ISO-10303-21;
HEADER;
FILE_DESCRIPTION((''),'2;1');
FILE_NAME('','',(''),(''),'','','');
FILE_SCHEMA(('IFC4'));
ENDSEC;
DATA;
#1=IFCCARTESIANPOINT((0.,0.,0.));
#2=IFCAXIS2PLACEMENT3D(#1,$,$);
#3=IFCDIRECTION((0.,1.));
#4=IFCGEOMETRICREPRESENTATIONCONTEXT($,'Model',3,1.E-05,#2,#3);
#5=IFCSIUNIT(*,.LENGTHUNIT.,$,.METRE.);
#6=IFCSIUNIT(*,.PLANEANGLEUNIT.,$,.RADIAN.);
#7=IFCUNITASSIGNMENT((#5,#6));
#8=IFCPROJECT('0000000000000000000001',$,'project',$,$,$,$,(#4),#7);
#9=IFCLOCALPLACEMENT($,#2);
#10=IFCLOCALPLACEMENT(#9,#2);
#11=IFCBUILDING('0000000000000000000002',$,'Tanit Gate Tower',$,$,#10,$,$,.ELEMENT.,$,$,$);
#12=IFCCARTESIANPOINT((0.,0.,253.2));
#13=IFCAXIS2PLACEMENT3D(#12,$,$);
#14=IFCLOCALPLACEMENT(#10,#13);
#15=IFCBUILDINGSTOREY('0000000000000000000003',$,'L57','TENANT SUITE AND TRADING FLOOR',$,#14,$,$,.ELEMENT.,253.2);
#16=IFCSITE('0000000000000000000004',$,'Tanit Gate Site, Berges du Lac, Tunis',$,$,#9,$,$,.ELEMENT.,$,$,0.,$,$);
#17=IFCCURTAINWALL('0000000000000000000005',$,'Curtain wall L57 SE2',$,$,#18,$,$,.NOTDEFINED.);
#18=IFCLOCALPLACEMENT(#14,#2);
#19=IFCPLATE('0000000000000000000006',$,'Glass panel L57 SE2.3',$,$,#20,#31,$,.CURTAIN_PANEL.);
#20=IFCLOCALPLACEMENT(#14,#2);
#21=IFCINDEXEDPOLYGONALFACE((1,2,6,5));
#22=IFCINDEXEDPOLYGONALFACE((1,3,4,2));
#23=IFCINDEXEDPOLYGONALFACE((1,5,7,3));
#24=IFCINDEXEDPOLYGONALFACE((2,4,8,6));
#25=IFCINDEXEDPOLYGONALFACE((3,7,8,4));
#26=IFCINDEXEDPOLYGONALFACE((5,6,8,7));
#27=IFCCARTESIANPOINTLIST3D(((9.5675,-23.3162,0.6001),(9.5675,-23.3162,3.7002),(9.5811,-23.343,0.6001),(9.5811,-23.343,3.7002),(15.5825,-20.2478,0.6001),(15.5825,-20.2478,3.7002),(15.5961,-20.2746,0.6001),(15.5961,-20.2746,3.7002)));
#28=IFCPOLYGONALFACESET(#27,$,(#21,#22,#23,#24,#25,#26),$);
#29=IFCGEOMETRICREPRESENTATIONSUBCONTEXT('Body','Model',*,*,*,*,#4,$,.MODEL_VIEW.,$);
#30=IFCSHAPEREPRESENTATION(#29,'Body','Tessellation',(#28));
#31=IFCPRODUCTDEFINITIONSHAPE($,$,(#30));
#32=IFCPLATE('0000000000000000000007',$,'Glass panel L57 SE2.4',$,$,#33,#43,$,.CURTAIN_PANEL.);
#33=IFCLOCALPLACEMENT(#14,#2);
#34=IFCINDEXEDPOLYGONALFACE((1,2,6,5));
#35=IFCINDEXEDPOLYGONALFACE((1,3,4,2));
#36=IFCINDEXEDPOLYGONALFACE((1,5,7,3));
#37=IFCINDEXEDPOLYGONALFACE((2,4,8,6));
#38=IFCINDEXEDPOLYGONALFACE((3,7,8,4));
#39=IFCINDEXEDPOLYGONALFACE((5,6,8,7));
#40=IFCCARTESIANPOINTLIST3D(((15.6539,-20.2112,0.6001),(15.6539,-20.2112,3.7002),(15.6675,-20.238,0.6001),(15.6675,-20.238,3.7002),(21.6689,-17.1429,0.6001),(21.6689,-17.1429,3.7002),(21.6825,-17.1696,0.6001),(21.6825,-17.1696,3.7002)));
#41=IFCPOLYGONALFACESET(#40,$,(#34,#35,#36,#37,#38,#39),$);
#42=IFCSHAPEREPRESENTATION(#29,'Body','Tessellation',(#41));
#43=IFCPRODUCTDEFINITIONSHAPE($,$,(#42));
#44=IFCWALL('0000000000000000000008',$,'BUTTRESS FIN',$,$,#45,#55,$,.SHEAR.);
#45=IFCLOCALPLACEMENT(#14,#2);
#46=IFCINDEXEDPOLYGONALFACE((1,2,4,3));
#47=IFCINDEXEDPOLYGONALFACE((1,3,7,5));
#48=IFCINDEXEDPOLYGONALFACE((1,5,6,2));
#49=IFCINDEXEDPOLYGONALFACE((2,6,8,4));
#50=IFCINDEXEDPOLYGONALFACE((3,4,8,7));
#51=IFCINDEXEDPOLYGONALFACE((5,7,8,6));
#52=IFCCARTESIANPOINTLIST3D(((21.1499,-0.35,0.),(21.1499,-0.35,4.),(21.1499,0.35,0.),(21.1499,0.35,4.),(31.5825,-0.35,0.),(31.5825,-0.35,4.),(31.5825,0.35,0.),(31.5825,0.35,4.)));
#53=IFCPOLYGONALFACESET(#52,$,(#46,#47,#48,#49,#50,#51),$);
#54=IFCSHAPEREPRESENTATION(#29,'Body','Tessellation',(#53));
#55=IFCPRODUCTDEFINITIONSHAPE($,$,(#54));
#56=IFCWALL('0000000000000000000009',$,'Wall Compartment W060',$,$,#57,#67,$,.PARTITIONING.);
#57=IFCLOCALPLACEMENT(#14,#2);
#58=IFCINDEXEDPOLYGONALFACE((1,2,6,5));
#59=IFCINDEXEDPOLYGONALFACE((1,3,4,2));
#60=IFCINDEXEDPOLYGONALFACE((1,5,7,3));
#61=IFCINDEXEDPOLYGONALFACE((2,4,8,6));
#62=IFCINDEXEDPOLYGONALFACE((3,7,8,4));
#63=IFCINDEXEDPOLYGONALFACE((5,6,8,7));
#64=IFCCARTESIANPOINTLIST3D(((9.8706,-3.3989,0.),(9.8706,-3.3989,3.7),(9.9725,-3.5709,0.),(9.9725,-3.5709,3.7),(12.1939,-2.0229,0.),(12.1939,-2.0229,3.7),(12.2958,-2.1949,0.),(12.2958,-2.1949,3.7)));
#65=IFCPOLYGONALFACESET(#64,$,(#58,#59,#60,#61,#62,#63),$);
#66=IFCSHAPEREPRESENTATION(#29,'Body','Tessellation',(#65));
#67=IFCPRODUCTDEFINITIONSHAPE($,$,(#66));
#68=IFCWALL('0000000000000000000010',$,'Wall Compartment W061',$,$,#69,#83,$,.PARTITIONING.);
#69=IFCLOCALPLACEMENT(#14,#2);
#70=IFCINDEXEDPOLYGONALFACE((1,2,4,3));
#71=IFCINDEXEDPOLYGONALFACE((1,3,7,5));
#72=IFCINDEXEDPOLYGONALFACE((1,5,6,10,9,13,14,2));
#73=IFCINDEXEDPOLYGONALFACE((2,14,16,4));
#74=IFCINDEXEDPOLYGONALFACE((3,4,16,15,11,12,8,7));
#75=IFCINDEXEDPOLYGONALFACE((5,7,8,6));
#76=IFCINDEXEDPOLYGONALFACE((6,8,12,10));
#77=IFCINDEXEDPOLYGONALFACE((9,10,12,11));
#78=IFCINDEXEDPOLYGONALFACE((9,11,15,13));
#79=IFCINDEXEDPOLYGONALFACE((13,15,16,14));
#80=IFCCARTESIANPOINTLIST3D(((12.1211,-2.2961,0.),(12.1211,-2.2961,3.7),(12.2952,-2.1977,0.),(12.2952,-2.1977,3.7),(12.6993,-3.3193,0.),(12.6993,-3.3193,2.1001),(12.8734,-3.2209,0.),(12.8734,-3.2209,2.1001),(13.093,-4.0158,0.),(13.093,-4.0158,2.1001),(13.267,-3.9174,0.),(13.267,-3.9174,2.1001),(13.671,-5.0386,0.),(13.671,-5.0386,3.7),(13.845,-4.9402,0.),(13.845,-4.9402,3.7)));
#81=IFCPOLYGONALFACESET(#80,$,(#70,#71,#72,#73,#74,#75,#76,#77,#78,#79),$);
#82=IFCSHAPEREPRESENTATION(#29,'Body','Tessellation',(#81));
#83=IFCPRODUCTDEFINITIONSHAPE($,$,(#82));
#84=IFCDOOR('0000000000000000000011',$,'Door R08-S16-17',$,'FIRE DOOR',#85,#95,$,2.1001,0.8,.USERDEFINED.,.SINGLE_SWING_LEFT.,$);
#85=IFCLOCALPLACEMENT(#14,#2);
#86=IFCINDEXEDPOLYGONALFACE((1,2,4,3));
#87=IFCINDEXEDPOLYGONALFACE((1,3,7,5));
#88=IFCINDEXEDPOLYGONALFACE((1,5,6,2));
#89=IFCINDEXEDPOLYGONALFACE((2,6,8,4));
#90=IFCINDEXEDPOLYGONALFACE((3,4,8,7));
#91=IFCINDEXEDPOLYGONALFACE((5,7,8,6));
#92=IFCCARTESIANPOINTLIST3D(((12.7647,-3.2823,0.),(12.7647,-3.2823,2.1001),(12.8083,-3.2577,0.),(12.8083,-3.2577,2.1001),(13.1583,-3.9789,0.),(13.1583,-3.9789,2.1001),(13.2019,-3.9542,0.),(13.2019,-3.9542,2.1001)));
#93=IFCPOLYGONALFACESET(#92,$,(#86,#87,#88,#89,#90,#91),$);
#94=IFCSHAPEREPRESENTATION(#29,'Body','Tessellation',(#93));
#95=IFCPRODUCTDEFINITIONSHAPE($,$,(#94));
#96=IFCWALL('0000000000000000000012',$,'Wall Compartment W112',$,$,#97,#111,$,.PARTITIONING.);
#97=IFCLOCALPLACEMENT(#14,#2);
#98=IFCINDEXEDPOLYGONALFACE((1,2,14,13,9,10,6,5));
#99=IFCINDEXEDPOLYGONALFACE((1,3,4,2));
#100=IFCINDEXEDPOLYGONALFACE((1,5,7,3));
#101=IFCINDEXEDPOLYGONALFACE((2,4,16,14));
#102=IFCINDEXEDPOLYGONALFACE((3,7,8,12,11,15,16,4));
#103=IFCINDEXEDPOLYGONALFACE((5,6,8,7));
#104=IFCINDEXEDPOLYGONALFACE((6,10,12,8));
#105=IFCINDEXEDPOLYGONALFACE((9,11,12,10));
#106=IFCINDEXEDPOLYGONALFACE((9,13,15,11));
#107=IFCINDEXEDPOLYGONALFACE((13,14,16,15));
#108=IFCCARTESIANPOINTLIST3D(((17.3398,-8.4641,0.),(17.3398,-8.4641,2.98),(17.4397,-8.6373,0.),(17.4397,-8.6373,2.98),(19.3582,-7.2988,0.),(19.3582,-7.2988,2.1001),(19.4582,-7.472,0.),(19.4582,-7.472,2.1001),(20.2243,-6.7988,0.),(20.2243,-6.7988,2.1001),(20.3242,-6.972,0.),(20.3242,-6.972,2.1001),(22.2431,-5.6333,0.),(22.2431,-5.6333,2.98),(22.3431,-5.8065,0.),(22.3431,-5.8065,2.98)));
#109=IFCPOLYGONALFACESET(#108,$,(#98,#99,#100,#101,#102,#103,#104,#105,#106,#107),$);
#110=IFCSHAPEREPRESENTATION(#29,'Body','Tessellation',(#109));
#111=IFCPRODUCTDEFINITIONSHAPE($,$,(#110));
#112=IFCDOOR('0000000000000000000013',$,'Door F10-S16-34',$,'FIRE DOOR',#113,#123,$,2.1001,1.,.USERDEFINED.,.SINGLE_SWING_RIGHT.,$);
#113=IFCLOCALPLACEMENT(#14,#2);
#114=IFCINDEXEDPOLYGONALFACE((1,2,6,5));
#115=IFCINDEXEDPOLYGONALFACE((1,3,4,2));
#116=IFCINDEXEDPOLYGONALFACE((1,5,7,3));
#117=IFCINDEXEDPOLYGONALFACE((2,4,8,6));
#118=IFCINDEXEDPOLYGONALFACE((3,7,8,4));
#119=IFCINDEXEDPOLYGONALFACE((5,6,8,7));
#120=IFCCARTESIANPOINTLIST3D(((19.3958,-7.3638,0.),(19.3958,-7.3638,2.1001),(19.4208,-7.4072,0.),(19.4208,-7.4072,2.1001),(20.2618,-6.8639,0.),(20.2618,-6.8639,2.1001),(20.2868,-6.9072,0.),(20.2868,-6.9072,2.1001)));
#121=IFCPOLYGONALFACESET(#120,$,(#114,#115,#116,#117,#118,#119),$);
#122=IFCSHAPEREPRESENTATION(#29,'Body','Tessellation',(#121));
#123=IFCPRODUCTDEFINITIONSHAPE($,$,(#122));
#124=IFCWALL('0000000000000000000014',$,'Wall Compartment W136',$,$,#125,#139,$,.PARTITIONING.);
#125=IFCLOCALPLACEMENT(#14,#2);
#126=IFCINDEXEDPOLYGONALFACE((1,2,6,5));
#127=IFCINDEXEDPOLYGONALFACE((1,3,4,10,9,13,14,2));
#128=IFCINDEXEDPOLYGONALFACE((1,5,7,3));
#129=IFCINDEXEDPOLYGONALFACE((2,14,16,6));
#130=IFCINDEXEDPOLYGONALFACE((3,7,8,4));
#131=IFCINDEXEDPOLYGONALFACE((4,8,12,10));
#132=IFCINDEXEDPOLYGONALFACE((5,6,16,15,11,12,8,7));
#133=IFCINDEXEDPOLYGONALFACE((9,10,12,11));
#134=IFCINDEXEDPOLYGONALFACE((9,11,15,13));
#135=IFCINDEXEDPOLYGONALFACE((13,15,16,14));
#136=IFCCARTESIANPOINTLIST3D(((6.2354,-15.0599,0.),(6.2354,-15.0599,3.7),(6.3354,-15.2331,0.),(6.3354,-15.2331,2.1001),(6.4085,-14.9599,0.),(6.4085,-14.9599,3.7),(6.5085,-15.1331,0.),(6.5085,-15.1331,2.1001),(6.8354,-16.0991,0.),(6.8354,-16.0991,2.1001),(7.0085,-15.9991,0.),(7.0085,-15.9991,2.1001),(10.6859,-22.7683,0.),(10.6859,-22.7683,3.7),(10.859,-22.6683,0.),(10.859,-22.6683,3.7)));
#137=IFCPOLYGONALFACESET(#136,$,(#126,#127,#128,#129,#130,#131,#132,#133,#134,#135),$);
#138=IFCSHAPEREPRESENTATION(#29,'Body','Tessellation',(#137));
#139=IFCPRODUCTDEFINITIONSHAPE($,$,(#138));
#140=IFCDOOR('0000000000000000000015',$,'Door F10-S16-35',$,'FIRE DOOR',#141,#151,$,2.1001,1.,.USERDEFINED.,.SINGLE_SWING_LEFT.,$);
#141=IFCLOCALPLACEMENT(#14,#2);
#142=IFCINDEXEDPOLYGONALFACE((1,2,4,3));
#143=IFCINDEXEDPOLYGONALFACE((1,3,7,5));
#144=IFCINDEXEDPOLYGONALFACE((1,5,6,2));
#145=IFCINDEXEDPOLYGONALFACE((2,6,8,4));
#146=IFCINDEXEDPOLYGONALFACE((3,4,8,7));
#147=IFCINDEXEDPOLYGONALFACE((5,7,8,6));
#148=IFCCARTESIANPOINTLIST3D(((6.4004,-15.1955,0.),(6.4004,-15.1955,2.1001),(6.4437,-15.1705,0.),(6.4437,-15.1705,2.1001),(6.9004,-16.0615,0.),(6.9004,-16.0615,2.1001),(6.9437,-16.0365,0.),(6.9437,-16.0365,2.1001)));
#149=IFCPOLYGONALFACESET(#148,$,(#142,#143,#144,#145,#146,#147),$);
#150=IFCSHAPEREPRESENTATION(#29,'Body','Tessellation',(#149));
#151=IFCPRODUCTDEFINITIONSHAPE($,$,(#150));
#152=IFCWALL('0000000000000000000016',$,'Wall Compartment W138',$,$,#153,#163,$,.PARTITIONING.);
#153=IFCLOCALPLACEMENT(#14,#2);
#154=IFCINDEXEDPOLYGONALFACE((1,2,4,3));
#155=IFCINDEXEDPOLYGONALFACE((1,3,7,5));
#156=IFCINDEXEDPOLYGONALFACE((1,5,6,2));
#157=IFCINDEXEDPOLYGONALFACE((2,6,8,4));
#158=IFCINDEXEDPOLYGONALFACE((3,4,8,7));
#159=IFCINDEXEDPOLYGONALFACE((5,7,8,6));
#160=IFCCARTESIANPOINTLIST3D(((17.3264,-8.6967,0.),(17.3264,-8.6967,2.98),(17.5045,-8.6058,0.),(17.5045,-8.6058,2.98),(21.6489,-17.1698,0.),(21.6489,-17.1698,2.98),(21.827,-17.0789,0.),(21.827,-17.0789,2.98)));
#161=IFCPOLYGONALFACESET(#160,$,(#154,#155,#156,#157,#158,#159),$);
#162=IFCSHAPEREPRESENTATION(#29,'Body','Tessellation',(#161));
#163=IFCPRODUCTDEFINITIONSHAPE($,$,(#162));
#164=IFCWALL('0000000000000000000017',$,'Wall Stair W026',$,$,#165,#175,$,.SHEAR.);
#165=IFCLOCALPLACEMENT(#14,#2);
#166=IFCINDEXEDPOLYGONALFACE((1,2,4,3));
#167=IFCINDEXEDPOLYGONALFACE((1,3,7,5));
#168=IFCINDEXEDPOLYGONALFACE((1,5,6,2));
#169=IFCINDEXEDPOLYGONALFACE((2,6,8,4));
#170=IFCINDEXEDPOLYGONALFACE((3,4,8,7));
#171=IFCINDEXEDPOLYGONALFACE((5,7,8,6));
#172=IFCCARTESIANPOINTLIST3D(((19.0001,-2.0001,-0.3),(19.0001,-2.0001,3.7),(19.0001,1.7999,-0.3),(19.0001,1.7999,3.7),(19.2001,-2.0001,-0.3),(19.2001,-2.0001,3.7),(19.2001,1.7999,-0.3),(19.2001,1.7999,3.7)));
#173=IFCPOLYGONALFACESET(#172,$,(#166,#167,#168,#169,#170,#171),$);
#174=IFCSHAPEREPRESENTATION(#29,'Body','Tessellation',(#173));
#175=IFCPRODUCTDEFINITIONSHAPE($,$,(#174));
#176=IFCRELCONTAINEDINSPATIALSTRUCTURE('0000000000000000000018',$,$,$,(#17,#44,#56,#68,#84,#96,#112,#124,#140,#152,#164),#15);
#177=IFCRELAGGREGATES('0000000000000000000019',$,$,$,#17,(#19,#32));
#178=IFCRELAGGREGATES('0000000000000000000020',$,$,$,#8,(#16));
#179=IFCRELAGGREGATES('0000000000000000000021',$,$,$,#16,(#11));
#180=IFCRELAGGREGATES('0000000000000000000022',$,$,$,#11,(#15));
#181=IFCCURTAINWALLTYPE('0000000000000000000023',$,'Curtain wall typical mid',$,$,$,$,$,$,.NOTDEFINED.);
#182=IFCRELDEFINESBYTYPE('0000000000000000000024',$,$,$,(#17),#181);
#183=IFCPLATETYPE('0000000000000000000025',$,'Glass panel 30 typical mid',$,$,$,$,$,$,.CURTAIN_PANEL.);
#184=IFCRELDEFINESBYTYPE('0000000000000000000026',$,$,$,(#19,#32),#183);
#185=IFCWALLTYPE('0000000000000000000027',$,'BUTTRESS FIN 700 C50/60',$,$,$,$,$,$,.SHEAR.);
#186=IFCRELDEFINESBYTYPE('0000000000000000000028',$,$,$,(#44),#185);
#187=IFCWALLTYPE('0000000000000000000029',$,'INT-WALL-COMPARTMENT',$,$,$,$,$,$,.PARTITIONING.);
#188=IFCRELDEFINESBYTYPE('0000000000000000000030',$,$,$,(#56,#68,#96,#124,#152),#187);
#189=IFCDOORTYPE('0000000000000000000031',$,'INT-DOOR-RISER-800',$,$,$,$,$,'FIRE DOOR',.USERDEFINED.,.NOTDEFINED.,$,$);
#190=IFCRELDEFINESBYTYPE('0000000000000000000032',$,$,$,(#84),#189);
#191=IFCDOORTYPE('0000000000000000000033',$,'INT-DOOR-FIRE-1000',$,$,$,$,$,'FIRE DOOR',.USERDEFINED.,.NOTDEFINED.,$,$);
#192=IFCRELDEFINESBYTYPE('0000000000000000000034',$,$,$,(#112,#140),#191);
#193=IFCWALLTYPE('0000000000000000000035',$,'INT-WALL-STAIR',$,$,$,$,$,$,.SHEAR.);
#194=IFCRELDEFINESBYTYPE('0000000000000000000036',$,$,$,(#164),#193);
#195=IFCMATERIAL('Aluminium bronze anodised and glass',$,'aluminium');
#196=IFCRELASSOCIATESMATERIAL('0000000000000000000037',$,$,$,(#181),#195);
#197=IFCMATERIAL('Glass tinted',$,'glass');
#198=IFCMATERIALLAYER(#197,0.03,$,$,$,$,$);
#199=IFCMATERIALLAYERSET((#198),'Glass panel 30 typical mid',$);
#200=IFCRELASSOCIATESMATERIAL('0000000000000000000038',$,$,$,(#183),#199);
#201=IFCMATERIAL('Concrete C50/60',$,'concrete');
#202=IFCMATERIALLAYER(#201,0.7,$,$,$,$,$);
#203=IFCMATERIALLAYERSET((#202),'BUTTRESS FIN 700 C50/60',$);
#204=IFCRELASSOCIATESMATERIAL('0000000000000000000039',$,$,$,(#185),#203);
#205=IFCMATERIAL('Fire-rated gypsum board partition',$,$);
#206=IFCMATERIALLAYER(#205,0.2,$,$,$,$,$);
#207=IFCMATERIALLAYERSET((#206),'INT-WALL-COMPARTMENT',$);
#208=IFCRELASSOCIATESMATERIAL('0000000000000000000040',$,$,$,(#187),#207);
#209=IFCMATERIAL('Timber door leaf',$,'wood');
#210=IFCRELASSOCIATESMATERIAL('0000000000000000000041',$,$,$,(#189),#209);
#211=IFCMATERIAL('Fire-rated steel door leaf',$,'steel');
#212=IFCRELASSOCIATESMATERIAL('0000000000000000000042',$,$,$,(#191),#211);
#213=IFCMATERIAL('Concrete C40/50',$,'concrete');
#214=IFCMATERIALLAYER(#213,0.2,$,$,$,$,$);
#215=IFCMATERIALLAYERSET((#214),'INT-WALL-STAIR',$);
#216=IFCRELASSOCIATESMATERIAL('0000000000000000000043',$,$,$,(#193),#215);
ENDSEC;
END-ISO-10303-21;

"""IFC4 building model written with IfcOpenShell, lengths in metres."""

from ifc_helpers import new_model, si_unit, direction, frame, frame_2d, origin, origin_2d, place, context, subcontext, project, spatial, rectangle, extrude, material, layer, layer_set, type_object, element, fill, aggregate, save


model = new_model("IFC4")

# Units and contexts
model_context = context("Model", 3, precision=1e-05, world=origin(), true_north=direction((0.0, 1.0)))
body_context = subcontext(model_context, "Body", "Model", "MODEL_VIEW")
ifc_project = project(units=[si_unit("LENGTHUNIT", "METRE"), si_unit("PLANEANGLEUNIT", "RADIAN")], contexts=[model_context])

# Site, building, storey
site_placement = place(None, origin())
site = spatial("IfcSite", under=ifc_project, at=site_placement, Name="Tanit Gate Site, Berges du Lac, Tunis", CompositionType="ELEMENT", RefElevation=0.0)
building_placement = place(site_placement, origin())
building = spatial("IfcBuilding", under=site, at=building_placement, Name="Tanit Gate Tower", CompositionType="ELEMENT")
storey_placement = place(building_placement, frame((0.0, 0.0, 253.2)))
storey = spatial("IfcBuildingStorey", under=building, at=storey_placement, Name="L57", Description="TENANT SUITE AND TRADING FLOOR", CompositionType="ELEMENT", Elevation=253.2)

# Curtain wall
ifc_material_1 = material(Name="Aluminium bronze anodised and glass", Category="aluminium")
curtain_wall_type = type_object("IfcCurtainWallType", Name="Curtain wall typical mid", PredefinedType="NOTDEFINED", material=ifc_material_1)
curtain_wall_placement = place(storey_placement, origin())
curtain_wall = element("IfcCurtainWall", 1, at=curtain_wall_placement, inside=storey, type_object=curtain_wall_type, Name="Curtain wall L57 SE2", PredefinedType="NOTDEFINED")

# Plates
ifc_material_2 = material(Name="Glass tinted", Category="glass")
ifc_layer_1 = layer(ifc_material_2, 0.03)
ifc_layer_set_1 = layer_set([ifc_layer_1], Name="Glass panel 30 typical mid")
plate_type = type_object("IfcPlateType", Name="Glass panel 30 typical mid", PredefinedType="CURTAIN_PANEL", material=ifc_layer_set_1)
plate_1_placement = place(storey_placement, frame((12.5818, -21.7954, 0.6001), z_axis=(0.0, 0.0, 1.0), x_axis=(0.890792, 0.454411, 0.0)))
plate_1 = element("IfcPlate", 2, at=plate_1_placement, type_object=plate_type, Name="Glass panel L57 SE2.3", PredefinedType="CURTAIN_PANEL", context=body_context, shape_type="SweptSolid", body=[
    extrude(rectangle(XDim=6.7524, YDim=0.03, at=origin_2d()), origin(), (0.0, 0.0, 1.0), 3.1001),
])
plate_2_placement = place(storey_placement, frame((18.6682, -18.6904, 0.6001), z_axis=(0.0, 0.0, 1.0), x_axis=(0.890792, 0.454411, 0.0)))
plate_2 = element("IfcPlate", 3, at=plate_2_placement, type_object=plate_type, Name="Glass panel L57 SE2.4", PredefinedType="CURTAIN_PANEL", context=body_context, shape_type="SweptSolid", body=[
    extrude(rectangle(XDim=6.7524, YDim=0.03, at=origin_2d()), origin(), (0.0, 0.0, 1.0), 3.1001),
])
aggregate(curtain_wall, [plate_1, plate_2])

# Walls
ifc_material_3 = material(Name="Concrete C50/60", Category="concrete")
ifc_layer_2 = layer(ifc_material_3, 0.7)
ifc_layer_set_2 = layer_set([ifc_layer_2], Name="BUTTRESS FIN 700 C50/60")
wall_type_1 = type_object("IfcWallType", Name="BUTTRESS FIN 700 C50/60", PredefinedType="SHEAR", material=ifc_layer_set_2)
wall_1_placement = place(storey_placement, frame((21.1499, 0.0, 0.0), z_axis=(0.0, 0.0, 1.0), x_axis=(1.0, 0.0, 0.0)))
element("IfcWall", 4, at=wall_1_placement, inside=storey, type_object=wall_type_1, Name="BUTTRESS FIN", PredefinedType="SHEAR", context=body_context, shape_type="SweptSolid", body=[
    extrude(rectangle(XDim=10.4326, YDim=0.7, at=frame_2d((5.2163, 0.0))), origin(), (0.0, 0.0, 1.0), 4.0),
])
ifc_material_4 = material(Name="Fire-rated gypsum board partition")
ifc_layer_3 = layer(ifc_material_4, 0.2)
ifc_layer_set_3 = layer_set([ifc_layer_3], Name="INT-WALL-COMPARTMENT")
wall_type_2 = type_object("IfcWallType", Name="INT-WALL-COMPARTMENT", PredefinedType="PARTITIONING", material=ifc_layer_set_3)
wall_2_placement = place(storey_placement, frame((12.2449, -2.1089, 0.0), z_axis=(0.0, 0.0, 1.0), x_axis=(-0.860415, -0.509594, 0.0)))
element("IfcWall", 5, at=wall_2_placement, inside=storey, type_object=wall_type_2, Name="Wall Compartment W060", PredefinedType="PARTITIONING", context=body_context, shape_type="SweptSolid", body=[
    extrude(rectangle(XDim=2.7002, YDim=0.2, at=frame_2d((1.3501, 0.0))), origin(), (0.0, 0.0, 1.0), 3.7),
])

# Walls, openings, doors
wall_3_placement = place(storey_placement, frame((13.7581, -4.9895, 0.0), z_axis=(0.0, 0.0, 1.0), x_axis=(-0.491993, 0.870599, 0.0)))
wall_3 = element("IfcWall", 6, at=wall_3_placement, inside=storey, type_object=wall_type_2, Name="Wall Compartment W061", PredefinedType="PARTITIONING", context=body_context, shape_type="SweptSolid", body=[
    extrude(rectangle(XDim=3.1501, YDim=0.2, at=frame_2d((1.5752, 0.0))), origin(), (0.0, 0.0, 1.0), 3.7),
])
opening_1_placement = place(wall_3_placement, frame((1.175, 0.0, 0.0)))
opening_1 = element("IfcOpeningElement", 7, at=opening_1_placement, cuts=wall_3, PredefinedType="OPENING", context=body_context, shape_type="SweptSolid", body=[
    extrude(rectangle(XDim=0.8, YDim=2.1001, at=frame_2d((0.3999, 1.05))), frame((0.0, 0.1099, 0.0), z_axis=(0.0, -1.0, 0.0), x_axis=(1.0, 0.0, 0.0)), (0.0, 0.0, 1.0), 0.22),
])
ifc_material_5 = material(Name="Timber door leaf", Category="wood")
door_type_1 = type_object("IfcDoorType", Name="INT-DOOR-RISER-800", ElementType="FIRE DOOR", OperationType="NOTDEFINED", PredefinedType="USERDEFINED", material=ifc_material_5)
door_1_placement = place(opening_1_placement, origin())
door_1 = element("IfcDoor", 8, at=door_1_placement, inside=storey, type_object=door_type_1, Name="Door R08-S16-17", ObjectType="FIRE DOOR", OperationType="SINGLE_SWING_LEFT", OverallHeight=2.1001, OverallWidth=0.8, PredefinedType="USERDEFINED", context=body_context, shape_type="SweptSolid", body=[
    extrude(rectangle(XDim=0.8, YDim=2.1001, at=frame_2d((0.3999, 1.05))), frame((0.0, 0.0249, 0.0), z_axis=(0.0, -1.0, 0.0), x_axis=(1.0, 0.0, 0.0)), (0.0, 0.0, 1.0), 0.05),
])
fill(opening_1, door_1)
wall_4_placement = place(storey_placement, frame((17.3896, -8.5508, 0.0), z_axis=(0.0, 0.0, 1.0), x_axis=(0.866035, 0.499984, 0.0)))
wall_4 = element("IfcWall", 9, at=wall_4_placement, inside=storey, type_object=wall_type_2, Name="Wall Compartment W112", PredefinedType="PARTITIONING", context=body_context, shape_type="SweptSolid", body=[
    extrude(rectangle(XDim=5.6619, YDim=0.2, at=frame_2d((2.8311, 0.0))), origin(), (0.0, 0.0, 1.0), 2.98),
])
opening_2_placement = place(wall_4_placement, frame((2.3308, 0.0, 0.0)))
opening_2 = element("IfcOpeningElement", 10, at=opening_2_placement, cuts=wall_4, PredefinedType="OPENING", context=body_context, shape_type="SweptSolid", body=[
    extrude(rectangle(XDim=1.0, YDim=2.1001, at=frame_2d((0.5, 1.05))), frame((0.0, 0.1099, 0.0), z_axis=(0.0, -1.0, 0.0), x_axis=(1.0, 0.0, 0.0)), (0.0, 0.0, 1.0), 0.22),
])
ifc_material_6 = material(Name="Fire-rated steel door leaf", Category="steel")
door_type_2 = type_object("IfcDoorType", Name="INT-DOOR-FIRE-1000", ElementType="FIRE DOOR", OperationType="NOTDEFINED", PredefinedType="USERDEFINED", material=ifc_material_6)
door_2_placement = place(opening_2_placement, origin())
door_2 = element("IfcDoor", 11, at=door_2_placement, inside=storey, type_object=door_type_2, Name="Door F10-S16-34", ObjectType="FIRE DOOR", OperationType="SINGLE_SWING_RIGHT", OverallHeight=2.1001, OverallWidth=1.0, PredefinedType="USERDEFINED", context=body_context, shape_type="SweptSolid", body=[
    extrude(rectangle(XDim=1.0, YDim=2.1001, at=frame_2d((0.5, 1.05))), frame((0.0, 0.0249, 0.0), z_axis=(0.0, -1.0, 0.0), x_axis=(1.0, 0.0, 0.0)), (0.0, 0.0, 1.0), 0.05),
])
fill(opening_2, door_2)
wall_5_placement = place(storey_placement, frame((10.7725, -22.7183, 0.0), z_axis=(0.0, 0.0, 1.0), x_axis=(-0.500007, 0.866022, 0.0)))
wall_5 = element("IfcWall", 12, at=wall_5_placement, inside=storey, type_object=wall_type_2, Name="Wall Compartment W136", PredefinedType="PARTITIONING", context=body_context, shape_type="SweptSolid", body=[
    extrude(rectangle(XDim=8.9009, YDim=0.2, at=frame_2d((4.4504, 0.0))), origin(), (0.0, 0.0, 1.0), 3.7),
])
opening_3_placement = place(wall_5_placement, frame((7.7009, 0.0, 0.0)))
opening_3 = element("IfcOpeningElement", 13, at=opening_3_placement, cuts=wall_5, PredefinedType="OPENING", context=body_context, shape_type="SweptSolid", body=[
    extrude(rectangle(XDim=1.0, YDim=2.1001, at=frame_2d((0.5, 1.05))), frame((0.0, 0.1099, 0.0), z_axis=(0.0, -1.0, 0.0), x_axis=(1.0, 0.0, 0.0)), (0.0, 0.0, 1.0), 0.22),
])
door_3_placement = place(opening_3_placement, origin())
door_3 = element("IfcDoor", 14, at=door_3_placement, inside=storey, type_object=door_type_2, Name="Door F10-S16-35", ObjectType="FIRE DOOR", OperationType="SINGLE_SWING_LEFT", OverallHeight=2.1001, OverallWidth=1.0, PredefinedType="USERDEFINED", context=body_context, shape_type="SweptSolid", body=[
    extrude(rectangle(XDim=1.0, YDim=2.1001, at=frame_2d((0.5, 1.05))), frame((0.0, 0.0249, 0.0), z_axis=(0.0, -1.0, 0.0), x_axis=(1.0, 0.0, 0.0)), (0.0, 0.0, 1.0), 0.05),
])
fill(opening_3, door_3)

# Walls
wall_6_placement = place(storey_placement, frame((17.4155, -8.6514, 0.0), z_axis=(0.0, 0.0, 1.0), x_axis=(0.454427, -0.890784, 0.0)))
element("IfcWall", 15, at=wall_6_placement, inside=storey, type_object=wall_type_2, Name="Wall Compartment W138", PredefinedType="PARTITIONING", context=body_context, shape_type="SweptSolid", body=[
    extrude(rectangle(XDim=9.512, YDim=0.2, at=frame_2d((4.7559, 0.0))), origin(), (0.0, 0.0, 1.0), 2.98),
])
ifc_material_7 = material(Name="Concrete C40/50", Category="concrete")
ifc_layer_4 = layer(ifc_material_7, 0.2)
ifc_layer_set_4 = layer_set([ifc_layer_4], Name="INT-WALL-STAIR")
wall_type_3 = type_object("IfcWallType", Name="INT-WALL-STAIR", PredefinedType="SHEAR", material=ifc_layer_set_4)
wall_7_placement = place(storey_placement, frame((19.1001, -2.0, -0.3), z_axis=(0.0, 0.0, 1.0), x_axis=(0.0, 1.0, 0.0)))
element("IfcWall", 16, at=wall_7_placement, inside=storey, type_object=wall_type_3, Name="Wall Stair W026", PredefinedType="SHEAR", context=body_context, shape_type="SweptSolid", body=[
    extrude(rectangle(XDim=3.8, YDim=0.2, at=frame_2d((1.8999, 0.0))), origin(), (0.0, 0.0, 1.0), 4.0),
])

save(model, "model.ifc")
